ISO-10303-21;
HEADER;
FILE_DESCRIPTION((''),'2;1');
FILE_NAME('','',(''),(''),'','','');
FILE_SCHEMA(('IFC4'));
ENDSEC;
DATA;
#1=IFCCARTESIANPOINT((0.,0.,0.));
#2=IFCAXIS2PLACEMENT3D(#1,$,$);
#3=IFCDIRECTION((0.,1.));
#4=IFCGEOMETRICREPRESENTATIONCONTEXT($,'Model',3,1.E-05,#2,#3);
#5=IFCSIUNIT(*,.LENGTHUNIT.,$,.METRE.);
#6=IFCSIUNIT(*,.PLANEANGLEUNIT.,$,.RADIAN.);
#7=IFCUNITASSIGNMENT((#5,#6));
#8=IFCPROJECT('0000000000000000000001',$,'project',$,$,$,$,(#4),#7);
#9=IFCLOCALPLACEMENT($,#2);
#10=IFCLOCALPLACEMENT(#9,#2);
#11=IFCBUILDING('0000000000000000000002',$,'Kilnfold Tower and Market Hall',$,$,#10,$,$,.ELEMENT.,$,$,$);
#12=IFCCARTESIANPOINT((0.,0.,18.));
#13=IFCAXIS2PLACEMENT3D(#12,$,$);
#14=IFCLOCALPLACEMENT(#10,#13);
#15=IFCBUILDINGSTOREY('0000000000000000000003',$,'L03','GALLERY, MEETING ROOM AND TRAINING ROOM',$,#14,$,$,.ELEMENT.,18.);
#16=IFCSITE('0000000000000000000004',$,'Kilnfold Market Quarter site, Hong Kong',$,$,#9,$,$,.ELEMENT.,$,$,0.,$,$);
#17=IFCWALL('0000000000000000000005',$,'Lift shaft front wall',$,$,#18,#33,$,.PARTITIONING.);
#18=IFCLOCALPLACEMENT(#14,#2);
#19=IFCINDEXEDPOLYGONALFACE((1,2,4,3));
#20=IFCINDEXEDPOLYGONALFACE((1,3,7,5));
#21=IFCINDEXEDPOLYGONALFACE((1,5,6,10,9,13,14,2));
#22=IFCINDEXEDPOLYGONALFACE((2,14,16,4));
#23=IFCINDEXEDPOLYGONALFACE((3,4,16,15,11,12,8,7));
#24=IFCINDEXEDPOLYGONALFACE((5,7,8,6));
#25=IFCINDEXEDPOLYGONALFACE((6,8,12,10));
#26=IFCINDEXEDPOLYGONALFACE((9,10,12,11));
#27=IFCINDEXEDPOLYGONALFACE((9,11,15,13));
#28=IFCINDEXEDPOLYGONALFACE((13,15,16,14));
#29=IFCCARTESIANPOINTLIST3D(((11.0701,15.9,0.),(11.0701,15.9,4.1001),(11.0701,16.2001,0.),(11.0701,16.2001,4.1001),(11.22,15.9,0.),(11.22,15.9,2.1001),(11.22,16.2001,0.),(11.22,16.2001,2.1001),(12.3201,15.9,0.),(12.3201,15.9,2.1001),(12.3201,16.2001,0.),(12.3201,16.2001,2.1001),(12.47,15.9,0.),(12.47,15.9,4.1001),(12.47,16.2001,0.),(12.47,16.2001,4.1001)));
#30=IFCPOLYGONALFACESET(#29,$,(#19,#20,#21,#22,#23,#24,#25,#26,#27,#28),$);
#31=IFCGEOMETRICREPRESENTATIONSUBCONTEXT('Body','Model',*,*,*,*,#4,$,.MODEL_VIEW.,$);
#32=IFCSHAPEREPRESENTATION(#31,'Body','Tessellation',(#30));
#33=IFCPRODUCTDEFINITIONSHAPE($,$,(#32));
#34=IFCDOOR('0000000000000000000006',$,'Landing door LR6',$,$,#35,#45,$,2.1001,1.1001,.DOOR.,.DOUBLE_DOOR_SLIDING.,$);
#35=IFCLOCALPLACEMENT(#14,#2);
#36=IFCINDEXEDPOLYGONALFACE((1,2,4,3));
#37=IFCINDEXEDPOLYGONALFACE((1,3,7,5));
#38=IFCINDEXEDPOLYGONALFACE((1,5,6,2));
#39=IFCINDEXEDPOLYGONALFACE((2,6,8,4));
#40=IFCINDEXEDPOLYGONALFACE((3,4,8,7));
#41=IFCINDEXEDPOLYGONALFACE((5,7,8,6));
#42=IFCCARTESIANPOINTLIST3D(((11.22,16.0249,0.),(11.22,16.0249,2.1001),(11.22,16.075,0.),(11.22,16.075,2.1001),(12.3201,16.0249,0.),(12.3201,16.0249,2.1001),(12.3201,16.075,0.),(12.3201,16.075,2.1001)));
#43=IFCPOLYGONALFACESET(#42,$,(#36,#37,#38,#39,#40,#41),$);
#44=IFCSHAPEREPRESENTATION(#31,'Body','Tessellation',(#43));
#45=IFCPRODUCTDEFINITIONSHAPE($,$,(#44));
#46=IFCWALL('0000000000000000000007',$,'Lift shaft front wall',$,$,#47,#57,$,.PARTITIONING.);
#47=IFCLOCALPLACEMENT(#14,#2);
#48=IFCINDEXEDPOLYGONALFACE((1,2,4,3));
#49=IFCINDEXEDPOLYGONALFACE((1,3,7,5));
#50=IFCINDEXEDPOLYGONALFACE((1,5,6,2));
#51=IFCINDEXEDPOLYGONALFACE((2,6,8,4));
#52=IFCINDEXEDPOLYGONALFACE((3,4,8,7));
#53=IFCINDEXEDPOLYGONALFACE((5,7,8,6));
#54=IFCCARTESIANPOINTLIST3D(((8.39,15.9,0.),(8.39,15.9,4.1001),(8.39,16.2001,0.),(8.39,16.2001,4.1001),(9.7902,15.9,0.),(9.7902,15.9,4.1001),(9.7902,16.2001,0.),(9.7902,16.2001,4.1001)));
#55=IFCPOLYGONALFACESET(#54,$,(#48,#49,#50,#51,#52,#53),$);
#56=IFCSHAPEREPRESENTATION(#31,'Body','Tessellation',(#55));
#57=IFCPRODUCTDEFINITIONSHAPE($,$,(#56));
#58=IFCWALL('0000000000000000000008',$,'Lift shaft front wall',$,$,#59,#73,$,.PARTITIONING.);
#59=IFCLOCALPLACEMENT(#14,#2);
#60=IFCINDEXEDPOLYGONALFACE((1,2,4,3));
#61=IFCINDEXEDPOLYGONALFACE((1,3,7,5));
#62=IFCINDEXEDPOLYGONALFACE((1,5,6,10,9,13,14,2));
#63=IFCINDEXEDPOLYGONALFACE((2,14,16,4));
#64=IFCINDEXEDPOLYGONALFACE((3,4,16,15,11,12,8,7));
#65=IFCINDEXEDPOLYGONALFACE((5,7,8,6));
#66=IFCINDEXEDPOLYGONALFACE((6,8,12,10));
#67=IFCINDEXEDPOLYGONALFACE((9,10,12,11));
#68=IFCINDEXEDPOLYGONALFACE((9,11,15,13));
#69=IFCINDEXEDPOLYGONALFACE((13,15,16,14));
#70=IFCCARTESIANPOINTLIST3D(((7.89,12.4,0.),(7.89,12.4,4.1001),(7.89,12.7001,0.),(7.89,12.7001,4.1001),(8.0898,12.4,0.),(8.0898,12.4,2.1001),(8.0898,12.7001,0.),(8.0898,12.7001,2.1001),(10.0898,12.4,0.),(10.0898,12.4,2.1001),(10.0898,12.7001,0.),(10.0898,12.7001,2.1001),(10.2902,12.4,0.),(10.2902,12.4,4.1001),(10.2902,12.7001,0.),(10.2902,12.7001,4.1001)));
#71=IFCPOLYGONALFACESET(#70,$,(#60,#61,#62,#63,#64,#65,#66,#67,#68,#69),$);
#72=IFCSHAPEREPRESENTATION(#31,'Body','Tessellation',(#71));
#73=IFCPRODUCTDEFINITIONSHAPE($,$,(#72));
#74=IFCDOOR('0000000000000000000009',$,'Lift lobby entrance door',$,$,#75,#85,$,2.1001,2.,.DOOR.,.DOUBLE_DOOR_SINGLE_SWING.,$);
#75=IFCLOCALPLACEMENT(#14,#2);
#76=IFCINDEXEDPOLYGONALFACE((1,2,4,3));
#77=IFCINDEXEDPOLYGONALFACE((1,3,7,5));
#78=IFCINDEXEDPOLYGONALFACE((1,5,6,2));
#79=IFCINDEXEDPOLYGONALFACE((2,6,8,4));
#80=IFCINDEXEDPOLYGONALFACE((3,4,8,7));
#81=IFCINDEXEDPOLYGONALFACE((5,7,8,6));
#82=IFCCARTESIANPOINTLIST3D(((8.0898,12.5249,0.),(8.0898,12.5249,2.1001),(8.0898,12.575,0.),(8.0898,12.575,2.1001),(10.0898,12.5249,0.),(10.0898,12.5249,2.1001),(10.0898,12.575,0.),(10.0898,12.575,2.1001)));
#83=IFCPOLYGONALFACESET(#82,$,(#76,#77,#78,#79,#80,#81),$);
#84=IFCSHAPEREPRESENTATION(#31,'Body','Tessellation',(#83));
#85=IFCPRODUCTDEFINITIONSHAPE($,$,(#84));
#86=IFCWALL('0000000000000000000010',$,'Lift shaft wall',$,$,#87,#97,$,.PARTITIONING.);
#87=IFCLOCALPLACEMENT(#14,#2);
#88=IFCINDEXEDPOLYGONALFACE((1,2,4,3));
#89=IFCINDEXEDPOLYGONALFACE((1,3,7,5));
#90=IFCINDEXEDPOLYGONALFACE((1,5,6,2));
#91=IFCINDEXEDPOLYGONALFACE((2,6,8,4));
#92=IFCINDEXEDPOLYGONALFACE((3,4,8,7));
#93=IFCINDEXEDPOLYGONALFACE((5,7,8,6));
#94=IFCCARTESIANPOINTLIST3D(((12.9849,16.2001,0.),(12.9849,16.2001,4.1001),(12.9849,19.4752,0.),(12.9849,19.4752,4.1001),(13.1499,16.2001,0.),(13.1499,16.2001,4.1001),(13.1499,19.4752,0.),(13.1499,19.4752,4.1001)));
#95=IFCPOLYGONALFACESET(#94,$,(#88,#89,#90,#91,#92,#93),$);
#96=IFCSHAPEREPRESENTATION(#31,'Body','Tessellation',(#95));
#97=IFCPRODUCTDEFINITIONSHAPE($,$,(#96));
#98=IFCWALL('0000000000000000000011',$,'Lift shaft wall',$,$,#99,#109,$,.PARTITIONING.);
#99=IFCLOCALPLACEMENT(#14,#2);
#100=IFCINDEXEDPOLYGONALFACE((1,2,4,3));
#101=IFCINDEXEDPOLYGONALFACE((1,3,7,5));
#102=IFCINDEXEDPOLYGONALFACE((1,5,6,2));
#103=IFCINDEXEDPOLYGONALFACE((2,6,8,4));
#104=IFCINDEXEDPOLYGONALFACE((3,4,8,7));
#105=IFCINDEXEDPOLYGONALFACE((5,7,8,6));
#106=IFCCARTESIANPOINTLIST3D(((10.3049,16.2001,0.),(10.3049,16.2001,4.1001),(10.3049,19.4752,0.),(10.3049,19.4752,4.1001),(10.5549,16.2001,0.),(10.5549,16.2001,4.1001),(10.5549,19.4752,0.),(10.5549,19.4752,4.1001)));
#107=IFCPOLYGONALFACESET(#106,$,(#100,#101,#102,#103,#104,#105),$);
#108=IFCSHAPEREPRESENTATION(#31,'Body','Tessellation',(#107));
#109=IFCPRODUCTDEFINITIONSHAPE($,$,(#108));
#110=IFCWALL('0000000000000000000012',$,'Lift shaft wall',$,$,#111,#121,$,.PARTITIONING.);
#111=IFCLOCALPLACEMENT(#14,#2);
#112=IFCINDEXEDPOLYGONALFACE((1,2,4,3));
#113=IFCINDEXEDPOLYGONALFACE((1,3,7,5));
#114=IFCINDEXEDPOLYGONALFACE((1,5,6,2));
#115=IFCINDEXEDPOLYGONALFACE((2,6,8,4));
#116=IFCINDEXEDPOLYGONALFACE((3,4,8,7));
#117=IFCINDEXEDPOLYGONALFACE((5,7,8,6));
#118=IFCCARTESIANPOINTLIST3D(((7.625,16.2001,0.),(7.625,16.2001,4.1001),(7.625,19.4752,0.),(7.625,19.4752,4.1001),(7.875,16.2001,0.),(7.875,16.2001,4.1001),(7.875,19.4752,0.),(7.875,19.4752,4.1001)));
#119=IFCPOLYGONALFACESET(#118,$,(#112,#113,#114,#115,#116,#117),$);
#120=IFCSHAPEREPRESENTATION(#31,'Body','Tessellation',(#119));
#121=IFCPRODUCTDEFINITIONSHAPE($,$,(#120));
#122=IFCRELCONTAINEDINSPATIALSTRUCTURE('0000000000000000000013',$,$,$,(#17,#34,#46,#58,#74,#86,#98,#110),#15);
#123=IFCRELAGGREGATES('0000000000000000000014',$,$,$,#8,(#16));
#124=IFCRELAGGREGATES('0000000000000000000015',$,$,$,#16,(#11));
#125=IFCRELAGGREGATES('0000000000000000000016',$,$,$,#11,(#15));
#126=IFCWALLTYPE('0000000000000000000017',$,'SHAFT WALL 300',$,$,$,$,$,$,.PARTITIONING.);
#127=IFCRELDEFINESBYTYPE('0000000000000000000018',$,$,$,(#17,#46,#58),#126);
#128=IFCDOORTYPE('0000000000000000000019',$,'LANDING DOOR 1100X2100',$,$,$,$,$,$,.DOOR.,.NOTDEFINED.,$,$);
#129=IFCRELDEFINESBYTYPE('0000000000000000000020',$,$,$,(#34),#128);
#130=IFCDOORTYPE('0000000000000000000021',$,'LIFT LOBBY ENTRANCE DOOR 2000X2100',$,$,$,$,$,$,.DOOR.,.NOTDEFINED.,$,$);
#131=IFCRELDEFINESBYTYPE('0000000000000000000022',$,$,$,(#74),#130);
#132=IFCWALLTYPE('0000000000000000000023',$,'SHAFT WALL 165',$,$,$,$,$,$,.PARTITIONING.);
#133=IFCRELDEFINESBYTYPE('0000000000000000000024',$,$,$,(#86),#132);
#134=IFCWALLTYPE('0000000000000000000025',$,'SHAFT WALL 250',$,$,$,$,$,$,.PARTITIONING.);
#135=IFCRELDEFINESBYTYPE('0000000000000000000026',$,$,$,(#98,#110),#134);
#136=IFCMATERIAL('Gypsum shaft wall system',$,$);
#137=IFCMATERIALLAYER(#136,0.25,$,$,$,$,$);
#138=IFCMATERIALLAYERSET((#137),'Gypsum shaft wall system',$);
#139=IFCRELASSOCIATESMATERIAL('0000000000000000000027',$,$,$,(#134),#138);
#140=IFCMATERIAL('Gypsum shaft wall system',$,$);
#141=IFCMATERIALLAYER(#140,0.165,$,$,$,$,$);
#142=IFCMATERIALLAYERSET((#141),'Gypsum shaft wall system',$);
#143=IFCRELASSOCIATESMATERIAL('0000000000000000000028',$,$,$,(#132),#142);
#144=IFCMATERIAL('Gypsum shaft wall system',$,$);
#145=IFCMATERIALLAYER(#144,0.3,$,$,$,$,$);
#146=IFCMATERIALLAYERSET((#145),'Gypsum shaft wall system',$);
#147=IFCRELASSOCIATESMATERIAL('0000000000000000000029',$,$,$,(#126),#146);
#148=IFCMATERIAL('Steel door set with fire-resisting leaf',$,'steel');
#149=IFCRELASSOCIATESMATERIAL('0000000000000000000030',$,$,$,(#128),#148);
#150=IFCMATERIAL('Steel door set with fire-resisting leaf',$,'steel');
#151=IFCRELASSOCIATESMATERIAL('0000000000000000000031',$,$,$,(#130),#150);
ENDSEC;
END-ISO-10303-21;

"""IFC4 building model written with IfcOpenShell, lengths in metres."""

from ifc_helpers import new_model, si_unit, direction, frame, frame_2d, origin, place, context, subcontext, project, spatial, rectangle, extrude, source, transform, mapped, material, layer, layer_set, type_object, element, fill, save


model = new_model("IFC4")

# Units and contexts
model_context = context("Model", 3, precision=1e-05, world=origin(), true_north=direction((0.0, 1.0)))
body_context = subcontext(model_context, "Body", "Model", "MODEL_VIEW")
ifc_project = project(units=[si_unit("LENGTHUNIT", "METRE"), si_unit("PLANEANGLEUNIT", "RADIAN")], contexts=[model_context])

# Site, building, storey
site_placement = place(None, origin())
site = spatial("IfcSite", under=ifc_project, at=site_placement, Name="Kilnfold Market Quarter site, Hong Kong", CompositionType="ELEMENT", RefElevation=0.0)
building_placement = place(site_placement, origin())
building = spatial("IfcBuilding", under=site, at=building_placement, Name="Kilnfold Tower and Market Hall", CompositionType="ELEMENT")
storey_placement = place(building_placement, frame((0.0, 0.0, 18.0)))
storey = spatial("IfcBuildingStorey", under=building, at=storey_placement, Name="L03", Description="GALLERY, MEETING ROOM AND TRAINING ROOM", CompositionType="ELEMENT", Elevation=18.0)

# Shared definitions
ifc_material_1 = material(Name="Gypsum shaft wall system")
ifc_layer_1 = layer(ifc_material_1, 0.25)
ifc_layer_set_1 = layer_set([ifc_layer_1], Name="Gypsum shaft wall system")
wall_type_1 = type_object("IfcWallType", Name="SHAFT WALL 250", PredefinedType="PARTITIONING", material=ifc_layer_set_1)
ifc_material_2 = material(Name="Gypsum shaft wall system")
ifc_layer_2 = layer(ifc_material_2, 0.165)
ifc_layer_set_2 = layer_set([ifc_layer_2], Name="Gypsum shaft wall system")
wall_type_2 = type_object("IfcWallType", Name="SHAFT WALL 165", PredefinedType="PARTITIONING", material=ifc_layer_set_2)

# Wall, opening, door
ifc_material_3 = material(Name="Gypsum shaft wall system")
ifc_layer_3 = layer(ifc_material_3, 0.3)
ifc_layer_set_3 = layer_set([ifc_layer_3], Name="Gypsum shaft wall system")
wall_type_3 = type_object("IfcWallType", Name="SHAFT WALL 300", PredefinedType="PARTITIONING", material=ifc_layer_set_3)
shared_shape_1 = source(origin(), body_context, "Body", "SweptSolid", [
    extrude(rectangle(XDim=1.3999, YDim=0.3, at=frame_2d((0.7, 0.0))), origin(), (0.0, 0.0, 1.0), 4.1001),
])
wall_1_placement = place(storey_placement, frame((11.0701, 16.05, 0.0), z_axis=(0.0, 0.0, 1.0), x_axis=(1.0, 0.0, 0.0)))
wall_1 = element("IfcWall", 1, at=wall_1_placement, inside=storey, type_object=wall_type_3, Name="Lift shaft front wall", PredefinedType="PARTITIONING", context=body_context, shape_type="MappedRepresentation", body=[
    mapped(shared_shape_1, transform((0.0, 0.0, 0.0))),
])
opening_1_placement = place(wall_1_placement, frame((0.1499, 0.0, 0.0)))
opening_1 = element("IfcOpeningElement", 2, at=opening_1_placement, cuts=wall_1, PredefinedType="OPENING", context=body_context, shape_type="SweptSolid", body=[
    extrude(rectangle(XDim=1.1001, YDim=2.1001, at=frame_2d((0.55, 1.05))), frame((0.0, 0.1602, 0.0), z_axis=(0.0, -1.0, 0.0), x_axis=(1.0, 0.0, 0.0)), (0.0, 0.0, 1.0), 0.3201),
])
ifc_material_4 = material(Name="Steel door set with fire-resisting leaf", Category="steel")
door_type_1 = type_object("IfcDoorType", Name="LANDING DOOR 1100X2100", OperationType="NOTDEFINED", PredefinedType="DOOR", material=ifc_material_4)
door_1_placement = place(opening_1_placement, origin())
door_1 = element("IfcDoor", 3, at=door_1_placement, inside=storey, type_object=door_type_1, Name="Landing door LR6", OperationType="DOUBLE_DOOR_SLIDING", OverallHeight=2.1001, OverallWidth=1.1001, PredefinedType="DOOR", context=body_context, shape_type="SweptSolid", body=[
    extrude(rectangle(XDim=1.1001, YDim=2.1001, at=frame_2d((0.55, 1.05))), frame((0.0, 0.0249, 0.0), z_axis=(0.0, -1.0, 0.0), x_axis=(1.0, 0.0, 0.0)), (0.0, 0.0, 1.0), 0.05),
])
fill(opening_1, door_1)

# Wall
shared_shape_2 = source(origin(), body_context, "Body", "SweptSolid", [
    extrude(rectangle(XDim=1.4001, YDim=0.3, at=frame_2d((0.7002, 0.0))), origin(), (0.0, 0.0, 1.0), 4.1001),
])
wall_2_placement = place(storey_placement, frame((8.3899, 16.05, 0.0), z_axis=(0.0, 0.0, 1.0), x_axis=(1.0, 0.0, 0.0)))
element("IfcWall", 4, at=wall_2_placement, inside=storey, type_object=wall_type_3, Name="Lift shaft front wall", PredefinedType="PARTITIONING", context=body_context, shape_type="MappedRepresentation", body=[
    mapped(shared_shape_2, transform((0.0, 0.0, 0.0))),
])

# Wall, opening, door
shared_shape_3 = source(origin(), body_context, "Body", "SweptSolid", [
    extrude(rectangle(XDim=2.4001, YDim=0.3, at=frame_2d((1.2002, 0.0))), origin(), (0.0, 0.0, 1.0), 4.1001),
])
wall_3_placement = place(storey_placement, frame((7.8899, 12.55, 0.0), z_axis=(0.0, 0.0, 1.0), x_axis=(1.0, 0.0, 0.0)))
wall_3 = element("IfcWall", 5, at=wall_3_placement, inside=storey, type_object=wall_type_3, Name="Lift shaft front wall", PredefinedType="PARTITIONING", context=body_context, shape_type="MappedRepresentation", body=[
    mapped(shared_shape_3, transform((0.0, 0.0, 0.0))),
])
opening_2_placement = place(wall_3_placement, frame((0.2, 0.0, 0.0)))
opening_2 = element("IfcOpeningElement", 6, at=opening_2_placement, cuts=wall_3, PredefinedType="OPENING", context=body_context, shape_type="SweptSolid", body=[
    extrude(rectangle(XDim=2.0, YDim=2.1001, at=frame_2d((1.0, 1.05))), frame((0.0, 0.1602, 0.0), z_axis=(0.0, -1.0, 0.0), x_axis=(1.0, 0.0, 0.0)), (0.0, 0.0, 1.0), 0.3201),
])
ifc_material_5 = material(Name="Steel door set with fire-resisting leaf", Category="steel")
door_type_2 = type_object("IfcDoorType", Name="LIFT LOBBY ENTRANCE DOOR 2000X2100", OperationType="NOTDEFINED", PredefinedType="DOOR", material=ifc_material_5)
door_2_placement = place(opening_2_placement, origin())
door_2 = element("IfcDoor", 7, at=door_2_placement, inside=storey, type_object=door_type_2, Name="Lift lobby entrance door", OperationType="DOUBLE_DOOR_SINGLE_SWING", OverallHeight=2.1001, OverallWidth=2.0, PredefinedType="DOOR", context=body_context, shape_type="SweptSolid", body=[
    extrude(rectangle(XDim=2.0, YDim=2.1001, at=frame_2d((1.0, 1.05))), frame((0.0, 0.0249, 0.0), z_axis=(0.0, -1.0, 0.0), x_axis=(1.0, 0.0, 0.0)), (0.0, 0.0, 1.0), 0.05),
])
fill(opening_2, door_2)

# Walls
shared_shape_4 = source(origin(), body_context, "Body", "SweptSolid", [
    extrude(rectangle(XDim=3.2751, YDim=0.165, at=frame_2d((1.6377, 0.0))), origin(), (0.0, 0.0, 1.0), 4.1001),
])
wall_4_placement = place(storey_placement, frame((13.0674, 16.2, 0.0), z_axis=(0.0, 0.0, 1.0), x_axis=(0.0, 1.0, 0.0)))
element("IfcWall", 8, at=wall_4_placement, inside=storey, type_object=wall_type_2, Name="Lift shaft wall", PredefinedType="PARTITIONING", context=body_context, shape_type="MappedRepresentation", body=[
    mapped(shared_shape_4, transform((0.0, 0.0, 0.0))),
])
shared_shape_5 = source(origin(), body_context, "Body", "SweptSolid", [
    extrude(rectangle(XDim=3.2751, YDim=0.25, at=frame_2d((1.6377, 0.0))), origin(), (0.0, 0.0, 1.0), 4.1001),
])
for number, where, z_axis, x_axis, name in (
    (9, (10.4299, 16.2, 0.0), (0.0, 0.0, 1.0), (0.0, 1.0, 0.0), "Lift shaft wall"),
    (10, (7.75, 16.2, 0.0), (0.0, 0.0, 1.0), (0.0, 1.0, 0.0), "Lift shaft wall"),
):
    element("IfcWall", number, at=place(storey_placement, frame(where, z_axis=z_axis, x_axis=x_axis)), inside=storey, type_object=wall_type_1, Name=name, PredefinedType="PARTITIONING", context=body_context, shape_type="MappedRepresentation", body=[
        mapped(shared_shape_5, transform((0.0, 0.0, 0.0))),
    ])

save(model, "model.ifc")
